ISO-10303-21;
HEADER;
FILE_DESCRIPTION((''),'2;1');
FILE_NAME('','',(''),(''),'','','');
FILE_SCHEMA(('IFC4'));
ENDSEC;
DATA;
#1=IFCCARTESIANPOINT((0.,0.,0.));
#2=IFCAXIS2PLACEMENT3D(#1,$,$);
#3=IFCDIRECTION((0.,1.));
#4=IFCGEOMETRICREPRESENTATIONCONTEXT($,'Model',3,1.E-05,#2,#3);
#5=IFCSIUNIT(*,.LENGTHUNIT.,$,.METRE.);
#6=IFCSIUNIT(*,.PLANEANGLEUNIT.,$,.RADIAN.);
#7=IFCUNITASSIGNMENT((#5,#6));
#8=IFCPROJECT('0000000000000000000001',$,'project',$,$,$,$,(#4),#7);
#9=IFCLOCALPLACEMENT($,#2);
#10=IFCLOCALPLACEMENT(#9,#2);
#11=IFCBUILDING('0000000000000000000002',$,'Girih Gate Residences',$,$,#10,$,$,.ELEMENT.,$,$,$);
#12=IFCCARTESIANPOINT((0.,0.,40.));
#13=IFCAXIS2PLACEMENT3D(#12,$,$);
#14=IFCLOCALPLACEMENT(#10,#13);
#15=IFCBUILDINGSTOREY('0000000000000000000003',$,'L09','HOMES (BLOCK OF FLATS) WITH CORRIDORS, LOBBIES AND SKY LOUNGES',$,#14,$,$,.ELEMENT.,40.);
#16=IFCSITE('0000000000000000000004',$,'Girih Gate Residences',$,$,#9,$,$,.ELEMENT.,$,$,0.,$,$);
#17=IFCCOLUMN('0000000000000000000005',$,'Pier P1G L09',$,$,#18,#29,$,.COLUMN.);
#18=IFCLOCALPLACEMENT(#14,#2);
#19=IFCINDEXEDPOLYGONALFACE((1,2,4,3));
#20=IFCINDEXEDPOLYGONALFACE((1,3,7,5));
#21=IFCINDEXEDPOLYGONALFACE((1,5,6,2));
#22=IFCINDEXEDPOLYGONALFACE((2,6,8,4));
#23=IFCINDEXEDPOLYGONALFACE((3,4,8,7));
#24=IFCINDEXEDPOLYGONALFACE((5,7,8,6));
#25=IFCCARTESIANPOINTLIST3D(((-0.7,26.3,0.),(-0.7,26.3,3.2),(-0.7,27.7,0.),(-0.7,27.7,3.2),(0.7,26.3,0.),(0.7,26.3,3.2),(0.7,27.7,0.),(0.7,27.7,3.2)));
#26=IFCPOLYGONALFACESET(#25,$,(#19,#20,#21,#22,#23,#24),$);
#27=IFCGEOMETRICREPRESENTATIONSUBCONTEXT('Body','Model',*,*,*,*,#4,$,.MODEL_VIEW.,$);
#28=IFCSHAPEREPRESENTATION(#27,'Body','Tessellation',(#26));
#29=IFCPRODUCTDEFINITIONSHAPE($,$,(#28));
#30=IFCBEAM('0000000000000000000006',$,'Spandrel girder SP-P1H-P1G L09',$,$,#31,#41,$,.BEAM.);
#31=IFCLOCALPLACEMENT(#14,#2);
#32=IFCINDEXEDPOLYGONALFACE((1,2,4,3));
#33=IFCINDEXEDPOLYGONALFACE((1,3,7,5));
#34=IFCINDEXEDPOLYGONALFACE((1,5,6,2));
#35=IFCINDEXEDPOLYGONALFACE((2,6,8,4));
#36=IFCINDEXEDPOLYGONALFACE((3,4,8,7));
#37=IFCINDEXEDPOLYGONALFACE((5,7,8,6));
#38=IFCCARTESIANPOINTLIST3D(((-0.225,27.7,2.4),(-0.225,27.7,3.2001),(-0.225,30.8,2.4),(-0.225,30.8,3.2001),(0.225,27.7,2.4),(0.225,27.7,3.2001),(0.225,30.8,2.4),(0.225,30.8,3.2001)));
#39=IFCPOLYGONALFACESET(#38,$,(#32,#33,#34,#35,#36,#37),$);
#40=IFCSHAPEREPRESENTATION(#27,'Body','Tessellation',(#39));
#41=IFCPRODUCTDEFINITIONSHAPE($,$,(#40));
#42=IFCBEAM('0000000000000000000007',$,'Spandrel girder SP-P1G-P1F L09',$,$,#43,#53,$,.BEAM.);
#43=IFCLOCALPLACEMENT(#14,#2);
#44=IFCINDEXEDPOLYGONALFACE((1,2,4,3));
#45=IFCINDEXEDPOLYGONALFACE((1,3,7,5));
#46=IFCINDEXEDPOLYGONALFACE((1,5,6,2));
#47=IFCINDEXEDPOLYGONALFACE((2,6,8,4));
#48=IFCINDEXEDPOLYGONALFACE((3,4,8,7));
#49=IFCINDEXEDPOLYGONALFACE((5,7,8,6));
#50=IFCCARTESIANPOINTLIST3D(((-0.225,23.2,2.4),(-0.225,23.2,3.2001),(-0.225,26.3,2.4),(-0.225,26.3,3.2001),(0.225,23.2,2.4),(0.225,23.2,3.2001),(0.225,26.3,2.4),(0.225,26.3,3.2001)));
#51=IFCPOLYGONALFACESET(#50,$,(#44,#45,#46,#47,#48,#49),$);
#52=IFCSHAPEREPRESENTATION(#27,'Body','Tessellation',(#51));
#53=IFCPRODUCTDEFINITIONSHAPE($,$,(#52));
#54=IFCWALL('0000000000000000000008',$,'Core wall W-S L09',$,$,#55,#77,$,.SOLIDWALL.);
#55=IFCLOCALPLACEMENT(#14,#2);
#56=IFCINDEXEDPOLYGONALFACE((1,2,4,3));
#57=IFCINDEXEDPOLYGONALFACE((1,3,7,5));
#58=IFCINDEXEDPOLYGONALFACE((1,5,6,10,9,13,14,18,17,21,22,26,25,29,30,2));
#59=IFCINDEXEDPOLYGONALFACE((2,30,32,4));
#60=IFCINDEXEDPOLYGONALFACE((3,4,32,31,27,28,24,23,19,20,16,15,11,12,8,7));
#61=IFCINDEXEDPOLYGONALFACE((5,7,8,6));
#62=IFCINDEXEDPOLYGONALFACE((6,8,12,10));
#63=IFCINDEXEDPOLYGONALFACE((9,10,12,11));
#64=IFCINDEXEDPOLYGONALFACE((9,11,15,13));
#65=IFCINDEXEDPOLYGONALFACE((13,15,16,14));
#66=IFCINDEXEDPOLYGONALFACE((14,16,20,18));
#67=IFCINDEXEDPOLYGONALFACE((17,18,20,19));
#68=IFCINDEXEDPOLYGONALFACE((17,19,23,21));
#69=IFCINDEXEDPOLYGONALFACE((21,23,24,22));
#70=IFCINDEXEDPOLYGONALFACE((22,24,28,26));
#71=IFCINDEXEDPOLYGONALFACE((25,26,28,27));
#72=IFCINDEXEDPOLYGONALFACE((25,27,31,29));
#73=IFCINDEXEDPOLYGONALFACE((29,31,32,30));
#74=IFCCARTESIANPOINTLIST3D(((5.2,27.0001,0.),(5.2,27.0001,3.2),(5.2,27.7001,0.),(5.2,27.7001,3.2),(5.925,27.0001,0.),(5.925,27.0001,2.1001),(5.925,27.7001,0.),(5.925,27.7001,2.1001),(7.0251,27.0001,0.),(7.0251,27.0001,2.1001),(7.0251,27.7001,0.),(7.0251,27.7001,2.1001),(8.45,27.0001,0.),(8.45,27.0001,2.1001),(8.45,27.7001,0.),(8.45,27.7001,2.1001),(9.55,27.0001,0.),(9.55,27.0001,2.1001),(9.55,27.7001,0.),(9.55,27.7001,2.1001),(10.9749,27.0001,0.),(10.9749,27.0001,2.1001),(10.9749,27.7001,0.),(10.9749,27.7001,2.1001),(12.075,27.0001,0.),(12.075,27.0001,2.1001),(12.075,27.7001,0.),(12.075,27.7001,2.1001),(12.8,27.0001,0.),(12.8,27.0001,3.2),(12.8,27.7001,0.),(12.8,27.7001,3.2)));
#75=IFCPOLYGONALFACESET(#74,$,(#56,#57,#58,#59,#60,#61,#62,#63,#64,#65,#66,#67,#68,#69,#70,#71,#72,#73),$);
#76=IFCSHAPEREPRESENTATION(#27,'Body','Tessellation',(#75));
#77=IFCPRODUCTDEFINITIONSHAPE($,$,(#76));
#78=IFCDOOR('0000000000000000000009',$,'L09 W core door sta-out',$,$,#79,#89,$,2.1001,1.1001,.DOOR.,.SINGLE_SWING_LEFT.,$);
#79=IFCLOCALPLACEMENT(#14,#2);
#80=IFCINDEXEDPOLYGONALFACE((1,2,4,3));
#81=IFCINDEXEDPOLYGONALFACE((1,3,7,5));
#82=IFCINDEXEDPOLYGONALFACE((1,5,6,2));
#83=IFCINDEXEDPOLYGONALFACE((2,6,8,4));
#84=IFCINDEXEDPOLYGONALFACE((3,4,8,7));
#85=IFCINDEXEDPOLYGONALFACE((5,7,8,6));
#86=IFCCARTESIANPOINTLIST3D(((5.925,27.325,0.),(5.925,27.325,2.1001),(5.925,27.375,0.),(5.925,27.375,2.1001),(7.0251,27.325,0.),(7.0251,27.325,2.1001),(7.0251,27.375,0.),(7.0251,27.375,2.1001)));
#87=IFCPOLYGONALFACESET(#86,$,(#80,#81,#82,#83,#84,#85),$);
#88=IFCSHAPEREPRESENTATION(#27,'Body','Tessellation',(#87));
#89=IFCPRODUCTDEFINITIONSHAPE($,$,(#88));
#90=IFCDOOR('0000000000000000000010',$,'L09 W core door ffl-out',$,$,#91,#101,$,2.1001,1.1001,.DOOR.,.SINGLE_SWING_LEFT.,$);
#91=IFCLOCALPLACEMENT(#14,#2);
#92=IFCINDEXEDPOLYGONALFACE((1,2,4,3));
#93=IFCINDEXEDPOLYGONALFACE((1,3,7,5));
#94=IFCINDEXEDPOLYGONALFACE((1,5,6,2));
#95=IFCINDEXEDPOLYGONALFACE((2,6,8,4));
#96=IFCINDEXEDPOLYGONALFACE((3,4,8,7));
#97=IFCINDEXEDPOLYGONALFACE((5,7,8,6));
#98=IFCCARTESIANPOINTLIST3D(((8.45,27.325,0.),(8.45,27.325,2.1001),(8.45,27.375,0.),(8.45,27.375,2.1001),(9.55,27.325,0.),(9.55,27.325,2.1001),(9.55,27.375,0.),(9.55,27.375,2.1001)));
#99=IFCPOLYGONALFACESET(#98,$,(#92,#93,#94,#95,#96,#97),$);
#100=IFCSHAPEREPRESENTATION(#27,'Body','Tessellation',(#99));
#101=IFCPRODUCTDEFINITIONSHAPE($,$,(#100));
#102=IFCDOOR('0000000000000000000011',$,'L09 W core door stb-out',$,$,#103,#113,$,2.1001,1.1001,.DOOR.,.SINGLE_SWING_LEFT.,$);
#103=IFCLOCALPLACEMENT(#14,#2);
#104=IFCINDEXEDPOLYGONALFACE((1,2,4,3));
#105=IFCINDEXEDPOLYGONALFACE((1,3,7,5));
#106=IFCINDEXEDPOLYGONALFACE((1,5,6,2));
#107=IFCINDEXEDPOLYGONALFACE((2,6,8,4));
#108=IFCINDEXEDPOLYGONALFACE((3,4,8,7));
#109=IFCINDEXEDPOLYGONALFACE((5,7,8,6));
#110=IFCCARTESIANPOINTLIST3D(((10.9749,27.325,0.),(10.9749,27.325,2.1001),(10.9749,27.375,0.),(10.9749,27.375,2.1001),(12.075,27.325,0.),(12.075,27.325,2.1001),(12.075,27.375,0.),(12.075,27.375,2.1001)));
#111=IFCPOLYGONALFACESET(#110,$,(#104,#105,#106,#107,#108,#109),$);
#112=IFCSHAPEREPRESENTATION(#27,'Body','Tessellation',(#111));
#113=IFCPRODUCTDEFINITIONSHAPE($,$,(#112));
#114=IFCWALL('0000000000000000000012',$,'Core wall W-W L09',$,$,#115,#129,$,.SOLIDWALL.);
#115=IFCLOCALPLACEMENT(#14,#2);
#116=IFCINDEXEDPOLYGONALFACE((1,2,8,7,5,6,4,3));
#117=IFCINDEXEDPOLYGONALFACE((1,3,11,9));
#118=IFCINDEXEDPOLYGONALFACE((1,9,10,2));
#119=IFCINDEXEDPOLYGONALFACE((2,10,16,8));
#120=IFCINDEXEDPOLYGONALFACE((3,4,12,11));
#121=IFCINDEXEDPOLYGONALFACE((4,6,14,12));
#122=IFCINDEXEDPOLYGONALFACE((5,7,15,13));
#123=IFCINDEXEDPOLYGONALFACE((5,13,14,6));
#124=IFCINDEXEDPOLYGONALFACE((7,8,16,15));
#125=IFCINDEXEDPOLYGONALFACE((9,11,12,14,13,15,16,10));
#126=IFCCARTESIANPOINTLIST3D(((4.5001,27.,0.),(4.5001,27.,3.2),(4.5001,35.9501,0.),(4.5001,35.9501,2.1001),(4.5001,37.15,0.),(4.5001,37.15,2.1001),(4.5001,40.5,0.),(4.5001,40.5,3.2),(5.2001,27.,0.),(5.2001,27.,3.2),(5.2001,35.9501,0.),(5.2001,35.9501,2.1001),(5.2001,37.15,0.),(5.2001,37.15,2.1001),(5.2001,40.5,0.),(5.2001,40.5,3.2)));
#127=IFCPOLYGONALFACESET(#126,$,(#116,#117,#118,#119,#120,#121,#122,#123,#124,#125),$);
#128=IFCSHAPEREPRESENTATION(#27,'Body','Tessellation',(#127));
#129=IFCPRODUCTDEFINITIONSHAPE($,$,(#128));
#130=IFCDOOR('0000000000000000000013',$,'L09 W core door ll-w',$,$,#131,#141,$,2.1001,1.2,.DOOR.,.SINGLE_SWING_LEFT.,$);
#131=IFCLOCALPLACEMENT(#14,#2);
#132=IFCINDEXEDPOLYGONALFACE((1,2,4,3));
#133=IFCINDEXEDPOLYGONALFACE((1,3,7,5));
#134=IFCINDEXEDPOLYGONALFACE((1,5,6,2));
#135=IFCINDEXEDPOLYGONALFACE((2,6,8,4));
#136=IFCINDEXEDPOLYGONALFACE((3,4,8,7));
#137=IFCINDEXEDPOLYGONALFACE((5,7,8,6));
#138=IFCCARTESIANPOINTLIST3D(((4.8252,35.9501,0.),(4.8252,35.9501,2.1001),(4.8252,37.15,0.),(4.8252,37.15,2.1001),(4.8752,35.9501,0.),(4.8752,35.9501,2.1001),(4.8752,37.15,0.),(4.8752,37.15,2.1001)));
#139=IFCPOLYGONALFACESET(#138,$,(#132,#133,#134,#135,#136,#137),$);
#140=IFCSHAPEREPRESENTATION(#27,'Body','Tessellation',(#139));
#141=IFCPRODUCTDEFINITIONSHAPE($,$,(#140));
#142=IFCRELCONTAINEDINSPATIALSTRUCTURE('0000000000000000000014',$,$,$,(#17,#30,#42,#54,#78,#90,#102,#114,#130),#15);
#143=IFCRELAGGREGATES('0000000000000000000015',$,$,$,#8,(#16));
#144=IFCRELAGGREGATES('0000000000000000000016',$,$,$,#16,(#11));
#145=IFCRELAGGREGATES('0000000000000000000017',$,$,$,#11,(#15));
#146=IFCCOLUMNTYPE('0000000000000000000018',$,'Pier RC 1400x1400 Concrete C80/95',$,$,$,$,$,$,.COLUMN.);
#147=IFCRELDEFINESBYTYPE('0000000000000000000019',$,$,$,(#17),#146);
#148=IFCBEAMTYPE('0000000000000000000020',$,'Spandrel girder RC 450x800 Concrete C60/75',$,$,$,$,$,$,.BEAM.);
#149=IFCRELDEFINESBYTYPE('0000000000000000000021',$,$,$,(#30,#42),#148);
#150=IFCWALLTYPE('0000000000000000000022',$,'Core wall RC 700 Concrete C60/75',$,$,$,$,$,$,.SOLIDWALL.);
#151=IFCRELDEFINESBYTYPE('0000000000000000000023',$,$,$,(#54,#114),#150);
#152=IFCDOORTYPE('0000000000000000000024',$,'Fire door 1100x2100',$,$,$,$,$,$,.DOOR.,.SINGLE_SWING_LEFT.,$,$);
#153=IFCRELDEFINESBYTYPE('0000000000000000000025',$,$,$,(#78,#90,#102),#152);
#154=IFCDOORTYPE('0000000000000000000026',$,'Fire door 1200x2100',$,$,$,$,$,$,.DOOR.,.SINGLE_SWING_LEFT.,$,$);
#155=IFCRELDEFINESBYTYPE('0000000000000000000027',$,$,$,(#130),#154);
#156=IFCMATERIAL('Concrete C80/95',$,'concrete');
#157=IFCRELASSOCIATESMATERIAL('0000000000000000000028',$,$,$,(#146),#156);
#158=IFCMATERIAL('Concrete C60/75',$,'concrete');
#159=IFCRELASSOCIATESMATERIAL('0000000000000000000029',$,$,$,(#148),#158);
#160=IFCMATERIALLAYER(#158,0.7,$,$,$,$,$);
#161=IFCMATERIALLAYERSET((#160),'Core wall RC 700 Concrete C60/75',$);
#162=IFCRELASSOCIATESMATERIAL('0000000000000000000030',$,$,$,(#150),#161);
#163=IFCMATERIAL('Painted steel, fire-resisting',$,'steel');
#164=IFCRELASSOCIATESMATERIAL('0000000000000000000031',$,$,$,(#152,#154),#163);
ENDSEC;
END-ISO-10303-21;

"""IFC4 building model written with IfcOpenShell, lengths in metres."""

from ifc_helpers import new_model, si_unit, direction, frame, frame_2d, origin, origin_2d, place, context, subcontext, project, spatial, rectangle, extrude, material, layer, layer_set, material_profile, profile_set, type_object, element, fill, save


model = new_model("IFC4")

# Units and contexts
model_context = context("Model", 3, precision=1e-05, world=origin(), true_north=direction((0.0, 1.0)))
body_context = subcontext(model_context, "Body", "Model", "MODEL_VIEW")
ifc_project = project(units=[si_unit("LENGTHUNIT", "METRE"), si_unit("PLANEANGLEUNIT", "RADIAN")], contexts=[model_context])

# Site, building, storey
site_placement = place(None, origin())
site = spatial("IfcSite", under=ifc_project, at=site_placement, Name="Girih Gate Residences", CompositionType="ELEMENT", RefElevation=0.0)
building_placement = place(site_placement, origin())
building = spatial("IfcBuilding", under=site, at=building_placement, Name="Girih Gate Residences", CompositionType="ELEMENT")
storey_placement = place(building_placement, frame((0.0, 0.0, 40.0)))
storey = spatial("IfcBuildingStorey", under=building, at=storey_placement, Name="L09", Description="HOMES (BLOCK OF FLATS) WITH CORRIDORS, LOBBIES AND SKY LOUNGES", CompositionType="ELEMENT", Elevation=40.0)

# Column
ifc_material_1 = material(Name="Concrete C80/95", Category="concrete")
ifc_material_profile_1 = material_profile(ifc_material_1, rectangle(XDim=1.3999, YDim=1.3999, at=origin_2d()))
ifc_profile_set_1 = profile_set([ifc_material_profile_1], Name="Concrete C80/95")
column_type = type_object("IfcColumnType", Name="Pier RC 1400x1400 Concrete C80/95", PredefinedType="COLUMN", material=ifc_profile_set_1)
column_placement = place(storey_placement, frame((0.0, 27.0, 0.0), z_axis=(0.0, 0.0, 1.0), x_axis=(1.0, 0.0, 0.0)))
element("IfcColumn", 1, at=column_placement, inside=storey, type_object=column_type, Name="Pier P1G L09", PredefinedType="COLUMN", context=body_context, shape_type="SweptSolid", body=[
    extrude(rectangle(XDim=1.3999, YDim=1.3999, at=origin_2d()), origin(), (0.0, 0.0, 1.0), 3.2),
])

# Beams
ifc_material_2 = material(Name="Concrete C60/75", Category="concrete")
ifc_material_profile_2 = material_profile(ifc_material_2, rectangle(XDim=0.45, YDim=0.8, at=origin_2d()))
ifc_profile_set_2 = profile_set([ifc_material_profile_2], Name="Concrete C60/75")
beam_type = type_object("IfcBeamType", Name="Spandrel girder RC 450x800 Concrete C60/75", PredefinedType="BEAM", material=ifc_profile_set_2)
for number, where, z_axis, x_axis, name in (
    (2, (0.0, 30.8, 2.8), (0.0, -1.0, 0.0), (1.0, 0.0, 0.0), "Spandrel girder SP-P1H-P1G L09"),
    (3, (0.0, 26.3, 2.8), (0.0, -1.0, 0.0), (1.0, 0.0, 0.0), "Spandrel girder SP-P1G-P1F L09"),
):
    element("IfcBeam", number, at=place(storey_placement, frame(where, z_axis=z_axis, x_axis=x_axis)), inside=storey, type_object=beam_type, Name=name, PredefinedType="BEAM", context=body_context, shape_type="SweptSolid", body=[
        extrude(rectangle(XDim=0.45, YDim=0.8, at=origin_2d()), origin(), (0.0, 0.0, 1.0), 3.1001),
    ])

# Wall, openings, doors
ifc_layer_1 = layer(ifc_material_2, 0.7)
ifc_layer_set_1 = layer_set([ifc_layer_1], Name="Core wall RC 700 Concrete C60/75")
wall_type_1 = type_object("IfcWallType", Name="Core wall RC 700 Concrete C60/75", PredefinedType="SOLIDWALL", material=ifc_layer_set_1)
wall_1_placement = place(storey_placement, frame((5.2, 27.3501, 0.0), z_axis=(0.0, 0.0, 1.0), x_axis=(1.0, 0.0, 0.0)))
wall_1 = element("IfcWall", 4, at=wall_1_placement, inside=storey, type_object=wall_type_1, Name="Core wall W-S L09", PredefinedType="SOLIDWALL", context=body_context, shape_type="SweptSolid", body=[
    extrude(rectangle(XDim=7.6001, YDim=0.7, at=frame_2d((3.8, 0.0))), origin(), (0.0, 0.0, 1.0), 3.2),
])
opening_1_placement = place(wall_1_placement, frame((0.7251, 0.0, 0.0)))
opening_1 = element("IfcOpeningElement", 5, at=opening_1_placement, cuts=wall_1, PredefinedType="OPENING", context=body_context, shape_type="SweptSolid", body=[
    extrude(rectangle(XDim=1.1001, YDim=2.1001, at=frame_2d((0.55, 1.05))), frame((0.0, 0.3599, 0.0), z_axis=(0.0, -1.0, 0.0), x_axis=(1.0, 0.0, 0.0)), (0.0, 0.0, 1.0), 0.72),
])
opening_2_placement = place(wall_1_placement, frame((3.25, 0.0, 0.0)))
opening_2 = element("IfcOpeningElement", 6, at=opening_2_placement, cuts=wall_1, PredefinedType="OPENING", context=body_context, shape_type="SweptSolid", body=[
    extrude(rectangle(XDim=1.1001, YDim=2.1001, at=frame_2d((0.55, 1.05))), frame((0.0, 0.3599, 0.0), z_axis=(0.0, -1.0, 0.0), x_axis=(1.0, 0.0, 0.0)), (0.0, 0.0, 1.0), 0.72),
])
opening_3_placement = place(wall_1_placement, frame((5.7749, 0.0, 0.0)))
opening_3 = element("IfcOpeningElement", 7, at=opening_3_placement, cuts=wall_1, PredefinedType="OPENING", context=body_context, shape_type="SweptSolid", body=[
    extrude(rectangle(XDim=1.1001, YDim=2.1001, at=frame_2d((0.55, 1.05))), frame((0.0, 0.3599, 0.0), z_axis=(0.0, -1.0, 0.0), x_axis=(1.0, 0.0, 0.0)), (0.0, 0.0, 1.0), 0.72),
])
ifc_material_3 = material(Name="Painted steel, fire-resisting", Category="steel")
door_type_1 = type_object("IfcDoorType", Name="Fire door 1100x2100", OperationType="SINGLE_SWING_LEFT", PredefinedType="DOOR", material=ifc_material_3)
door_1_placement = place(opening_1_placement, origin())
door_1 = element("IfcDoor", 8, at=door_1_placement, inside=storey, type_object=door_type_1, Name="L09 W core door sta-out", OperationType="SINGLE_SWING_LEFT", OverallHeight=2.1001, OverallWidth=1.1001, PredefinedType="DOOR", context=body_context, shape_type="SweptSolid", body=[
    extrude(rectangle(XDim=1.1001, YDim=2.1001, at=frame_2d((0.55, 1.05))), frame((0.0, 0.0249, 0.0), z_axis=(0.0, -1.0, 0.0), x_axis=(1.0, 0.0, 0.0)), (0.0, 0.0, 1.0), 0.05),
])
fill(opening_1, door_1)
door_2_placement = place(opening_2_placement, origin())
door_2 = element("IfcDoor", 9, at=door_2_placement, inside=storey, type_object=door_type_1, Name="L09 W core door ffl-out", OperationType="SINGLE_SWING_LEFT", OverallHeight=2.1001, OverallWidth=1.1001, PredefinedType="DOOR", context=body_context, shape_type="SweptSolid", body=[
    extrude(rectangle(XDim=1.1001, YDim=2.1001, at=frame_2d((0.55, 1.05))), frame((0.0, 0.0249, 0.0), z_axis=(0.0, -1.0, 0.0), x_axis=(1.0, 0.0, 0.0)), (0.0, 0.0, 1.0), 0.05),
])
fill(opening_2, door_2)
door_3_placement = place(opening_3_placement, origin())
door_3 = element("IfcDoor", 10, at=door_3_placement, inside=storey, type_object=door_type_1, Name="L09 W core door stb-out", OperationType="SINGLE_SWING_LEFT", OverallHeight=2.1001, OverallWidth=1.1001, PredefinedType="DOOR", context=body_context, shape_type="SweptSolid", body=[
    extrude(rectangle(XDim=1.1001, YDim=2.1001, at=frame_2d((0.55, 1.05))), frame((0.0, 0.0249, 0.0), z_axis=(0.0, -1.0, 0.0), x_axis=(1.0, 0.0, 0.0)), (0.0, 0.0, 1.0), 0.05),
])
fill(opening_3, door_3)

# Wall, opening, door
wall_2_placement = place(storey_placement, frame((4.8501, 27.0, 0.0), z_axis=(0.0, 0.0, 1.0), x_axis=(0.0, 1.0, 0.0)))
wall_2 = element("IfcWall", 11, at=wall_2_placement, inside=storey, type_object=wall_type_1, Name="Core wall W-W L09", PredefinedType="SOLIDWALL", context=body_context, shape_type="SweptSolid", body=[
    extrude(rectangle(XDim=13.5, YDim=0.7, at=frame_2d((6.75, 0.0))), origin(), (0.0, 0.0, 1.0), 3.2),
])
opening_4_placement = place(wall_2_placement, frame((8.95, 0.0, 0.0)))
opening_4 = element("IfcOpeningElement", 12, at=opening_4_placement, cuts=wall_2, PredefinedType="OPENING", context=body_context, shape_type="SweptSolid", body=[
    extrude(rectangle(XDim=1.2, YDim=2.1001, at=frame_2d((0.6001, 1.05))), frame((0.0, 0.3599, 0.0), z_axis=(0.0, -1.0, 0.0), x_axis=(1.0, 0.0, 0.0)), (0.0, 0.0, 1.0), 0.72),
])
door_type_2 = type_object("IfcDoorType", Name="Fire door 1200x2100", OperationType="SINGLE_SWING_LEFT", PredefinedType="DOOR", material=ifc_material_3)
door_4_placement = place(opening_4_placement, origin())
door_4 = element("IfcDoor", 13, at=door_4_placement, inside=storey, type_object=door_type_2, Name="L09 W core door ll-w", OperationType="SINGLE_SWING_LEFT", OverallHeight=2.1001, OverallWidth=1.2, PredefinedType="DOOR", context=body_context, shape_type="SweptSolid", body=[
    extrude(rectangle(XDim=1.2, YDim=2.1001, at=frame_2d((0.6001, 1.05))), frame((0.0, 0.0249, 0.0), z_axis=(0.0, -1.0, 0.0), x_axis=(1.0, 0.0, 0.0)), (0.0, 0.0, 1.0), 0.05),
])
fill(opening_4, door_4)

save(model, "model.ifc")
